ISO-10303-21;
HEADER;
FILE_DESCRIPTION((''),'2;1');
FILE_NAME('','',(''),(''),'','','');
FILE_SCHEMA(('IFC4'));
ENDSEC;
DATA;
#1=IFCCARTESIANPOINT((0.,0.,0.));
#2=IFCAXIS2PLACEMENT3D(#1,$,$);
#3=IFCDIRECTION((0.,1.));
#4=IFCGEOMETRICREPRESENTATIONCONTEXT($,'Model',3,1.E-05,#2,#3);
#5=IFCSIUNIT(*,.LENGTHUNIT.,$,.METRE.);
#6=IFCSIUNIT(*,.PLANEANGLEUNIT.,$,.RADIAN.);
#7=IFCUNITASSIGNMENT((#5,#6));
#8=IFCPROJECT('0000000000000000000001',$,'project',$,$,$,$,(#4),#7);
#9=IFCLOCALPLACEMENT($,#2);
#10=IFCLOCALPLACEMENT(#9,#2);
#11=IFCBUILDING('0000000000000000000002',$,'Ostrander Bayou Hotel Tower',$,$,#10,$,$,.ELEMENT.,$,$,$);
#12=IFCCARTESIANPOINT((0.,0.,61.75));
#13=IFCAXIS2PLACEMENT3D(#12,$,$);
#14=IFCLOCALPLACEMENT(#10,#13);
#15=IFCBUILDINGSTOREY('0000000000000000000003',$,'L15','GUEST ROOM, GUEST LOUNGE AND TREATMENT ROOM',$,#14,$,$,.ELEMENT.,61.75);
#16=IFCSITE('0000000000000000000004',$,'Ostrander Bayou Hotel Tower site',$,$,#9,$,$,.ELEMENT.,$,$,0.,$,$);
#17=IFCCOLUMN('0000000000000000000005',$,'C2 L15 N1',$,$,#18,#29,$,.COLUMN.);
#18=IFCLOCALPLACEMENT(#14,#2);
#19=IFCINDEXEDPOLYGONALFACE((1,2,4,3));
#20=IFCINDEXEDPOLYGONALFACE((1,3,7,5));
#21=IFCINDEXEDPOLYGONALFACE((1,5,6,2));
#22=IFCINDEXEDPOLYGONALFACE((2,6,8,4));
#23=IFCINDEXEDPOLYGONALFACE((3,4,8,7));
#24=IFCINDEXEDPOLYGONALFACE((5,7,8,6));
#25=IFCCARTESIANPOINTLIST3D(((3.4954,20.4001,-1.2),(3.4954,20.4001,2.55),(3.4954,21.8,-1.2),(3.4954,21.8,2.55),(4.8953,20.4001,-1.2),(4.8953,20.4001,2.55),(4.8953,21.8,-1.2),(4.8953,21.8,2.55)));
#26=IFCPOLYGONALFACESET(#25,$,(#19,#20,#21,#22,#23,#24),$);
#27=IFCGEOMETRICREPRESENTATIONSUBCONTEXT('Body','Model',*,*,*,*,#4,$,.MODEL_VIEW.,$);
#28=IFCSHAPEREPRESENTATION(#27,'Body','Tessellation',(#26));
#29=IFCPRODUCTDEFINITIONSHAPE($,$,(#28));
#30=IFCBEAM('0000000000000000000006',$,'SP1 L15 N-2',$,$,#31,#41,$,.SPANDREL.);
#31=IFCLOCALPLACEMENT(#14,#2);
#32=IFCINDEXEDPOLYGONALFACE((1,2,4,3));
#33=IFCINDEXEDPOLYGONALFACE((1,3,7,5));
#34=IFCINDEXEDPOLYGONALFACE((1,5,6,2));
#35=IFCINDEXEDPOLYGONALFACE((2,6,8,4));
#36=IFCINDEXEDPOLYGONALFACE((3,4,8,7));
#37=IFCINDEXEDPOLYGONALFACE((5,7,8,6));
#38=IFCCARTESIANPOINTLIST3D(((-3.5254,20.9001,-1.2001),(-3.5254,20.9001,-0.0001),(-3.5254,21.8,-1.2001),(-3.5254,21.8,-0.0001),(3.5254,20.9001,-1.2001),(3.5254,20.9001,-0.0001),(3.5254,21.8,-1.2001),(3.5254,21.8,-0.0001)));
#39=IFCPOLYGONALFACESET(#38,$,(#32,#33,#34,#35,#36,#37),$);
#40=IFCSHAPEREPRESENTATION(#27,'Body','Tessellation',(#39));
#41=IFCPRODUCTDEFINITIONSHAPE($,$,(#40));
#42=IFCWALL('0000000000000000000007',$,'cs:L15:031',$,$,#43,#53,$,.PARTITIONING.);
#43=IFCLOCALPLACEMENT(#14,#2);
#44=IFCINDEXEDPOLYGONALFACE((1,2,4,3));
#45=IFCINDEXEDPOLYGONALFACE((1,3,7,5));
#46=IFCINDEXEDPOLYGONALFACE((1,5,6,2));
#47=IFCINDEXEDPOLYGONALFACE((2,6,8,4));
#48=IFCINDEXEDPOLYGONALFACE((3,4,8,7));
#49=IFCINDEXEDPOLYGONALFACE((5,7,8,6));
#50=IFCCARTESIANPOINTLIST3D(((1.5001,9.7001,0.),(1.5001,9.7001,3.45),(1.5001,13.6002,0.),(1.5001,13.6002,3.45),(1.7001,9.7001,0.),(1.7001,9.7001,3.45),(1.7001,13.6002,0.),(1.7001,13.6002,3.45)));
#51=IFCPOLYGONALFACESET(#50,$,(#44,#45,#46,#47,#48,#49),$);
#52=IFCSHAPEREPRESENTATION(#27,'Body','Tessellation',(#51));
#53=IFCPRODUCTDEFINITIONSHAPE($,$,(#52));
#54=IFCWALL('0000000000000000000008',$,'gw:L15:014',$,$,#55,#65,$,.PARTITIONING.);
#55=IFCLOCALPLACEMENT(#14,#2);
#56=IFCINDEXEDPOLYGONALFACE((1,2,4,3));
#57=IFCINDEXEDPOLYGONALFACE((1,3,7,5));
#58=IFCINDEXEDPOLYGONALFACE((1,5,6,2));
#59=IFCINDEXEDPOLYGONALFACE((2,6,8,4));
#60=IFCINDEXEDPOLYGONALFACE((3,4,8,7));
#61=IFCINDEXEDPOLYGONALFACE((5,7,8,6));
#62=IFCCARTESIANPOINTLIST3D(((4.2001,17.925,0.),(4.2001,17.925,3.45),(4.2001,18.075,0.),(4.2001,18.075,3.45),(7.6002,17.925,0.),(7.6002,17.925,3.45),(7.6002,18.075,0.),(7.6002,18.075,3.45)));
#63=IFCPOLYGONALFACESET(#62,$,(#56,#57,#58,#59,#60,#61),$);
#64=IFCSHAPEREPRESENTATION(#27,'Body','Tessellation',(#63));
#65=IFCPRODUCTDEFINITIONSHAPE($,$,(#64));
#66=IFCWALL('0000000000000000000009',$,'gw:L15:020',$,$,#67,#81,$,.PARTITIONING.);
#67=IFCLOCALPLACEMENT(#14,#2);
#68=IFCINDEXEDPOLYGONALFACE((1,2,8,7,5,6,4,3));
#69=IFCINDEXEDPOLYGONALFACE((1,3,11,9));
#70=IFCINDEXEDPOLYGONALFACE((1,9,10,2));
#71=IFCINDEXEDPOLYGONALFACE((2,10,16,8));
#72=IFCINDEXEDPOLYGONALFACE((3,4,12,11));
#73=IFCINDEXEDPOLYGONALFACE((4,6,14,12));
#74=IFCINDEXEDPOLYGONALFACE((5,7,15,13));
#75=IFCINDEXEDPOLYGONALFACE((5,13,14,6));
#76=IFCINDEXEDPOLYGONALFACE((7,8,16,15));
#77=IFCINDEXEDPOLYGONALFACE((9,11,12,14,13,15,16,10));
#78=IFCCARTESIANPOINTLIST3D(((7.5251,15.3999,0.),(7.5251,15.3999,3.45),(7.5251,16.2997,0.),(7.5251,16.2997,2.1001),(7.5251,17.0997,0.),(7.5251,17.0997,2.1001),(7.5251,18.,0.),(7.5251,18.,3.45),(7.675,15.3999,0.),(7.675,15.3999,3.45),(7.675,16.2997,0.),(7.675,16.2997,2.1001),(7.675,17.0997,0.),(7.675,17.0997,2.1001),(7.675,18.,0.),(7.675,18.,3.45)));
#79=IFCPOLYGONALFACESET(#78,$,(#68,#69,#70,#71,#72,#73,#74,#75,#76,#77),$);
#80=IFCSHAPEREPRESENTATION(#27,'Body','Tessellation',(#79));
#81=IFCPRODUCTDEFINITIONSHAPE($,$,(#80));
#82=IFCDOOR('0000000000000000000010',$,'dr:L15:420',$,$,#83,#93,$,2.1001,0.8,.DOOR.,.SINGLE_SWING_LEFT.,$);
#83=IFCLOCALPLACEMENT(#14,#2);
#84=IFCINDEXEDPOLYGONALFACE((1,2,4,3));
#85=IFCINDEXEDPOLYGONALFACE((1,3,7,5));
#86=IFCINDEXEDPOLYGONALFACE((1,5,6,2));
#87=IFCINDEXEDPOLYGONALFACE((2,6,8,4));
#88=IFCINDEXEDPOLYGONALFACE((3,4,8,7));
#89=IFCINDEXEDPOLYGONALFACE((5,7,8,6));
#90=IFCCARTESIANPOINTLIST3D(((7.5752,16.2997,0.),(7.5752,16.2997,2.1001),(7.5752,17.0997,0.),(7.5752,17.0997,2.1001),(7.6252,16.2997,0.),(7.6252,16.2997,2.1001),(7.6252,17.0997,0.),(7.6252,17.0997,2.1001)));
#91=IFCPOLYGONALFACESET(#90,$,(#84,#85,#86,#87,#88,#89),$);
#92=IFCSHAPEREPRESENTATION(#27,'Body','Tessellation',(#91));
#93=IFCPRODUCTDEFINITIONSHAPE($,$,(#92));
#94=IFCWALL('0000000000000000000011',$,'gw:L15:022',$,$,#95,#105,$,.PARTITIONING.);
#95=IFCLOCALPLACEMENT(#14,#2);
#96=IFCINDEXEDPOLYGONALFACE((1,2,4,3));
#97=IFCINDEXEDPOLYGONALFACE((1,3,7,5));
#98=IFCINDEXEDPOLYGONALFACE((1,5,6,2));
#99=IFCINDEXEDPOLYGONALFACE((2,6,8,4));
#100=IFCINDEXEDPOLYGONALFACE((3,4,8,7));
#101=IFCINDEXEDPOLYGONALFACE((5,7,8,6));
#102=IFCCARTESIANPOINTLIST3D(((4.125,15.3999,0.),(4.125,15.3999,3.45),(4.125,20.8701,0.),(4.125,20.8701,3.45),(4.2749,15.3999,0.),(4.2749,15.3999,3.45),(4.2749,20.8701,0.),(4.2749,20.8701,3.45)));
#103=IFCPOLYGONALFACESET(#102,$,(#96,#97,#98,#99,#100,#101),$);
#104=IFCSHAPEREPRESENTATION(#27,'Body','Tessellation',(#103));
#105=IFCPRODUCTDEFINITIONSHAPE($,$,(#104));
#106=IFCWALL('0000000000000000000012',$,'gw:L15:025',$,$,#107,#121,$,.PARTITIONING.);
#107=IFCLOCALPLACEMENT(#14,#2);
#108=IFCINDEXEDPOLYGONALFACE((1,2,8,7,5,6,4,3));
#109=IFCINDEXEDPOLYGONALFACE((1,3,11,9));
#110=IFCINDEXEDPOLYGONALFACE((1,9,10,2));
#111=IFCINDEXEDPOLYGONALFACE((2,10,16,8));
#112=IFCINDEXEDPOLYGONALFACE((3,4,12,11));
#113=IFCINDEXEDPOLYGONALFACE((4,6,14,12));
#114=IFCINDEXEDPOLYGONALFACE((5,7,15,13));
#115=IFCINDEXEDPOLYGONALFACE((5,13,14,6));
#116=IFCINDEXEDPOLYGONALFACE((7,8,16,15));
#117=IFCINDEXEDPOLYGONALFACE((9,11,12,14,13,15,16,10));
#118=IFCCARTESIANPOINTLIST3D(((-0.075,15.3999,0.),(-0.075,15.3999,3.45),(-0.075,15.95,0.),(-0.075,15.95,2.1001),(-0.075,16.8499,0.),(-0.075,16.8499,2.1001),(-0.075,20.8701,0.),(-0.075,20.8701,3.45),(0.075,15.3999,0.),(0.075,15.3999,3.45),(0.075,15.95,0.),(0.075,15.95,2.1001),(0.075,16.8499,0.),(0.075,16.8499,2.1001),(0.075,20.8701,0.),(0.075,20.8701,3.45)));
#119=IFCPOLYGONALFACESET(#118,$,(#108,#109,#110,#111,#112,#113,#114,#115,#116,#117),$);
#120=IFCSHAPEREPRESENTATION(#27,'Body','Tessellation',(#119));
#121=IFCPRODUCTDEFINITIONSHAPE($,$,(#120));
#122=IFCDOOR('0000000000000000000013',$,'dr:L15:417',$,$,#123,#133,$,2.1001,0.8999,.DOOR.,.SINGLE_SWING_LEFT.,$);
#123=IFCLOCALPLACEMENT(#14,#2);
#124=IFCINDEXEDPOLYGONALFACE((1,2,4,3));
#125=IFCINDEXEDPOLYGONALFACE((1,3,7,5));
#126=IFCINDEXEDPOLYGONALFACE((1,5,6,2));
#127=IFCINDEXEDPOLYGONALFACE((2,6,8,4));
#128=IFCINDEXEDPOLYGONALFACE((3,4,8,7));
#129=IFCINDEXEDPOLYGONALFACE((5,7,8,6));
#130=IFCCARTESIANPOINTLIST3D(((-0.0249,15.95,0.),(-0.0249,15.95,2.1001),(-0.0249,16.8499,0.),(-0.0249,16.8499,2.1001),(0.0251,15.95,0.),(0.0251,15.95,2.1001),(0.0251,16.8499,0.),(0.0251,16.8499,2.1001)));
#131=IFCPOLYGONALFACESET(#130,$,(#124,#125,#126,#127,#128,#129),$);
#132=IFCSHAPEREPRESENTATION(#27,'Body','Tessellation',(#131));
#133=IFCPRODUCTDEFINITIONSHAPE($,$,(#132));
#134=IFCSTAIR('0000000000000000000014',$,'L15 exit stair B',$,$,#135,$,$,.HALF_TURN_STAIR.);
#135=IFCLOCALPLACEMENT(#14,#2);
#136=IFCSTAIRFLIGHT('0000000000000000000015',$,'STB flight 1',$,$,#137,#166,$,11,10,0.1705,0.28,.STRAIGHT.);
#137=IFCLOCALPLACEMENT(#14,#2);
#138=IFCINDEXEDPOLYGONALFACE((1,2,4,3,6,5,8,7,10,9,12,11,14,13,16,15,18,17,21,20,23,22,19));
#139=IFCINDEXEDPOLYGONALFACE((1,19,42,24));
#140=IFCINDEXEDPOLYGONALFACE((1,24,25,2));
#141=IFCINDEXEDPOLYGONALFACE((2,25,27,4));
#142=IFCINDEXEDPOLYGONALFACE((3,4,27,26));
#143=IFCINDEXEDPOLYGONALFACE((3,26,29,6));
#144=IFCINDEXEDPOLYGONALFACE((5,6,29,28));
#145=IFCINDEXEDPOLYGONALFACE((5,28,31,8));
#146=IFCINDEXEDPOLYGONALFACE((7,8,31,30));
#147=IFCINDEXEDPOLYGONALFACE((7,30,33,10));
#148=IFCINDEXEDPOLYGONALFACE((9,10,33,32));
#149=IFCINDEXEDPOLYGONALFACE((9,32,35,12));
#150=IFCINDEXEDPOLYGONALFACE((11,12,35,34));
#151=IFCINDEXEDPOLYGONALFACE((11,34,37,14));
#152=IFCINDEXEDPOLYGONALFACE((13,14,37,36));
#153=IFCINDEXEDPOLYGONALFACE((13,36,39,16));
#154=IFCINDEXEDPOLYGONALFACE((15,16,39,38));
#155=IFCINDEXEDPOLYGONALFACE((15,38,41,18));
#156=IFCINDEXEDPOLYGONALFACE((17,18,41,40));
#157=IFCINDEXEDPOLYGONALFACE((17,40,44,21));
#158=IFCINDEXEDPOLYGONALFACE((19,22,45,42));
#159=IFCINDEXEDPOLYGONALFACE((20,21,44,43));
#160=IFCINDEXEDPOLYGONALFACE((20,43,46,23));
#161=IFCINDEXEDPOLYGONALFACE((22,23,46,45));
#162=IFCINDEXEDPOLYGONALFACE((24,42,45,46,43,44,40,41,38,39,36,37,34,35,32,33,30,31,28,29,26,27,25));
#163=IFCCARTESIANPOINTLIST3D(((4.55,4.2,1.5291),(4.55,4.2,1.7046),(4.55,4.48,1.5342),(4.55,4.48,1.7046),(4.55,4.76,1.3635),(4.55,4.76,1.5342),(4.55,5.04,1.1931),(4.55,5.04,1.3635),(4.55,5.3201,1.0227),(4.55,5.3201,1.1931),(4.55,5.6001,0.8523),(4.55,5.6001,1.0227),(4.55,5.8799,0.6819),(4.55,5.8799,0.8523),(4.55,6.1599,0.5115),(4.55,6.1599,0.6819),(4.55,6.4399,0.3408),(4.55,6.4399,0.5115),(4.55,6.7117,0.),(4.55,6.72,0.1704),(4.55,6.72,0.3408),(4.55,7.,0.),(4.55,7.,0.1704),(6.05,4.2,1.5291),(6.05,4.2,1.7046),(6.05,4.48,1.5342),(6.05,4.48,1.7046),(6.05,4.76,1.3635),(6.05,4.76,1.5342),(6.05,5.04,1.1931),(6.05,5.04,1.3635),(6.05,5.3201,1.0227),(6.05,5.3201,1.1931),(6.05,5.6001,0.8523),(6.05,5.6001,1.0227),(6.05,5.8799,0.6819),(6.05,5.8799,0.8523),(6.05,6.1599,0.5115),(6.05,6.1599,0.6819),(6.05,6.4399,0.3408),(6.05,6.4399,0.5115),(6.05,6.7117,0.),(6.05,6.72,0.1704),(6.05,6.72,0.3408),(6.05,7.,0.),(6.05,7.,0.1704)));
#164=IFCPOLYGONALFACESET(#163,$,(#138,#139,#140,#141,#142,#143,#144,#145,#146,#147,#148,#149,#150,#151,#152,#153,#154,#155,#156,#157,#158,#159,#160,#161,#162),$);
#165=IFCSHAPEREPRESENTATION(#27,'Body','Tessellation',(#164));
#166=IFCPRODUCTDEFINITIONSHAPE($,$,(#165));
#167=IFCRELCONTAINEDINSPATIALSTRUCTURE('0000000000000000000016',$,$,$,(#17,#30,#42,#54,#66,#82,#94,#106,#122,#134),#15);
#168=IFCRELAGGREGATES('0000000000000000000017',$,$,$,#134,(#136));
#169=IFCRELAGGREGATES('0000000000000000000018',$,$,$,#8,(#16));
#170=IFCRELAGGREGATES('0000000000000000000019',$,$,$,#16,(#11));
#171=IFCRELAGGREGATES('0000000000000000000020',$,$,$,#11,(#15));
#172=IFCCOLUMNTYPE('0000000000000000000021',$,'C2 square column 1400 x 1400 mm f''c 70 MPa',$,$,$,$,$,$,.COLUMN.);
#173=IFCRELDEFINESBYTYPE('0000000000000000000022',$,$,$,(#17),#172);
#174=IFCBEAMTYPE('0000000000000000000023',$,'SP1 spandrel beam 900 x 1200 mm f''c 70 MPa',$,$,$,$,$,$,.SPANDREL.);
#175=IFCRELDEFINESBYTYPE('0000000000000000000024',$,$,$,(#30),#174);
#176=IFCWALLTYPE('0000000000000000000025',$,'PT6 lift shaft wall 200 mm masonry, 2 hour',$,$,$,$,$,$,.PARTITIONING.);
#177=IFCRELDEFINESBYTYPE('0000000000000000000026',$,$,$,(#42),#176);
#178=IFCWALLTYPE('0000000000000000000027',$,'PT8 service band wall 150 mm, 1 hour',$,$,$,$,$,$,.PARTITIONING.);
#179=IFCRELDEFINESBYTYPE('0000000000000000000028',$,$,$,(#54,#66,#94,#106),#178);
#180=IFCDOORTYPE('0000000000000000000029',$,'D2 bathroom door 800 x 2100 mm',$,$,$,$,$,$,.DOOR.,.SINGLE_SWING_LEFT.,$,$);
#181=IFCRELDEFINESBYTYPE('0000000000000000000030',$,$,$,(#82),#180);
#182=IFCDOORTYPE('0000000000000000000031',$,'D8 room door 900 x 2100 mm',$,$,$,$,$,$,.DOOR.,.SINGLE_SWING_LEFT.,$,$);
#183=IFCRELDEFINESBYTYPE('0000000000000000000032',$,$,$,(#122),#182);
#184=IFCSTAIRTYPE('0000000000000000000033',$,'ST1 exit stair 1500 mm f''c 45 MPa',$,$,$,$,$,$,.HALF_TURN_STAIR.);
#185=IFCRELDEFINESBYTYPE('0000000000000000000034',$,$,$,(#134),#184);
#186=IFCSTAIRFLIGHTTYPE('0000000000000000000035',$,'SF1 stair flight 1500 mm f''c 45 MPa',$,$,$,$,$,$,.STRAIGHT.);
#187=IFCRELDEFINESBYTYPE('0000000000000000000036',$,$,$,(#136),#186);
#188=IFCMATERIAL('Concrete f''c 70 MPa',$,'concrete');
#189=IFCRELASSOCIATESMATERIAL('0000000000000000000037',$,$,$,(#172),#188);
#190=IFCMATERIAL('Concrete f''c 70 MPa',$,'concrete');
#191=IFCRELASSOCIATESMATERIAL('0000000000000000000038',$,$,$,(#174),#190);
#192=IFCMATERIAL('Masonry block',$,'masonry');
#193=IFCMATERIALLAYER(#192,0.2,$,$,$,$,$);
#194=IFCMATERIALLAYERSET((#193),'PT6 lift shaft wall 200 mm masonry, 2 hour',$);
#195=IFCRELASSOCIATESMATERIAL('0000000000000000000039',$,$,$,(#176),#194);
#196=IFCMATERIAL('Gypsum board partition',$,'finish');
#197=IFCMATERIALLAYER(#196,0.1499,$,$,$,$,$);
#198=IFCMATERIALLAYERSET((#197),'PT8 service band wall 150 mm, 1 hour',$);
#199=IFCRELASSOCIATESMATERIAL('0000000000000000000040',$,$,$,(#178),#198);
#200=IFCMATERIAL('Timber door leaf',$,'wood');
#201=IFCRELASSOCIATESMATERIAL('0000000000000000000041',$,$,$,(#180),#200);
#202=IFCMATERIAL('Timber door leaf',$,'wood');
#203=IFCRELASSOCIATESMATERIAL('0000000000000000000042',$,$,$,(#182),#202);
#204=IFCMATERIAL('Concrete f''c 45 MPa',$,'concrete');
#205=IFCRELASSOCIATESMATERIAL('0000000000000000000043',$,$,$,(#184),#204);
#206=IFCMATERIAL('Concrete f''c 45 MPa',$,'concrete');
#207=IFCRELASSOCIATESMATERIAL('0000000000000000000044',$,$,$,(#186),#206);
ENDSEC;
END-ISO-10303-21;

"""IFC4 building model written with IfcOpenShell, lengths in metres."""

from ifc_helpers import new_model, si_unit, direction, frame, frame_2d, origin, origin_2d, place, context, subcontext, project, spatial, polyline, rectangle, outline, extrude, material, layer, layer_set, material_profile, profile_set, type_object, element, fill, aggregate, save


model = new_model("IFC4")

# Units and contexts
model_context = context("Model", 3, precision=1e-05, world=origin(), true_north=direction((0.0, 1.0)))
body_context = subcontext(model_context, "Body", "Model", "MODEL_VIEW")
ifc_project = project(units=[si_unit("LENGTHUNIT", "METRE"), si_unit("PLANEANGLEUNIT", "RADIAN")], contexts=[model_context])

# Site, building, storey
site_placement = place(None, origin())
site = spatial("IfcSite", under=ifc_project, at=site_placement, Name="Ostrander Bayou Hotel Tower site", CompositionType="ELEMENT", RefElevation=0.0)
building_placement = place(site_placement, origin())
building = spatial("IfcBuilding", under=site, at=building_placement, Name="Ostrander Bayou Hotel Tower", CompositionType="ELEMENT")
storey_placement = place(building_placement, frame((0.0, 0.0, 61.75)))
storey = spatial("IfcBuildingStorey", under=building, at=storey_placement, Name="L15", Description="GUEST ROOM, GUEST LOUNGE AND TREATMENT ROOM", CompositionType="ELEMENT", Elevation=61.75)

# Column
ifc_material_1 = material(Name="Concrete f'c 70 MPa", Category="concrete")
ifc_material_profile_1 = material_profile(ifc_material_1, rectangle(XDim=1.3999, YDim=1.3999, at=origin_2d()))
ifc_profile_set_1 = profile_set([ifc_material_profile_1], Name="Concrete f'c 70 MPa")
column_type = type_object("IfcColumnType", Name="C2 square column 1400 x 1400 mm f'c 70 MPa", PredefinedType="COLUMN", material=ifc_profile_set_1)
column_placement = place(storey_placement, frame((4.1953, 21.1001, -1.2), z_axis=(0.0, 0.0, 1.0), x_axis=(1.0, 0.0, 0.0)))
element("IfcColumn", 1, at=column_placement, inside=storey, type_object=column_type, Name="C2 L15 N1", PredefinedType="COLUMN", context=body_context, shape_type="SweptSolid", body=[
    extrude(rectangle(XDim=1.3999, YDim=1.3999, at=origin_2d()), origin(), (0.0, 0.0, 1.0), 3.75),
])

# Beam
ifc_material_2 = material(Name="Concrete f'c 70 MPa", Category="concrete")
ifc_material_profile_2 = material_profile(ifc_material_2, rectangle(XDim=0.8999, YDim=1.2, at=origin_2d()))
ifc_profile_set_2 = profile_set([ifc_material_profile_2], Name="Concrete f'c 70 MPa")
beam_type = type_object("IfcBeamType", Name="SP1 spandrel beam 900 x 1200 mm f'c 70 MPa", PredefinedType="SPANDREL", material=ifc_profile_set_2)
beam_placement = place(storey_placement, frame((3.5254, 21.3501, -0.6001), z_axis=(-1.0, 0.0, 0.0), x_axis=(0.0, -1.0, 0.0)))
element("IfcBeam", 2, at=beam_placement, inside=storey, type_object=beam_type, Name="SP1 L15 N-2", PredefinedType="SPANDREL", context=body_context, shape_type="SweptSolid", body=[
    extrude(rectangle(XDim=0.8999, YDim=1.2, at=origin_2d()), origin(), (0.0, 0.0, 1.0), 7.0508),
])

# Walls
ifc_material_3 = material(Name="Masonry block", Category="masonry")
ifc_layer_1 = layer(ifc_material_3, 0.2)
ifc_layer_set_1 = layer_set([ifc_layer_1], Name="PT6 lift shaft wall 200 mm masonry, 2 hour")
wall_type_1 = type_object("IfcWallType", Name="PT6 lift shaft wall 200 mm masonry, 2 hour", PredefinedType="PARTITIONING", material=ifc_layer_set_1)
wall_1_placement = place(storey_placement, frame((1.6001, 9.7, 0.0), z_axis=(0.0, 0.0, 1.0), x_axis=(0.0, 1.0, 0.0)))
element("IfcWall", 3, at=wall_1_placement, inside=storey, type_object=wall_type_1, Name="cs:L15:031", PredefinedType="PARTITIONING", context=body_context, shape_type="SweptSolid", body=[
    extrude(rectangle(XDim=3.9001, YDim=0.2, at=frame_2d((1.9502, 0.0))), origin(), (0.0, 0.0, 1.0), 3.45),
])
ifc_material_4 = material(Name="Gypsum board partition", Category="finish")
ifc_layer_2 = layer(ifc_material_4, 0.1499)
ifc_layer_set_2 = layer_set([ifc_layer_2], Name="PT8 service band wall 150 mm, 1 hour")
wall_type_2 = type_object("IfcWallType", Name="PT8 service band wall 150 mm, 1 hour", PredefinedType="PARTITIONING", material=ifc_layer_set_2)
wall_2_placement = place(storey_placement, frame((4.2, 18.0, 0.0), z_axis=(0.0, 0.0, 1.0), x_axis=(1.0, 0.0, 0.0)))
element("IfcWall", 4, at=wall_2_placement, inside=storey, type_object=wall_type_2, Name="gw:L15:014", PredefinedType="PARTITIONING", context=body_context, shape_type="SweptSolid", body=[
    extrude(rectangle(XDim=3.4001, YDim=0.1499, at=frame_2d((1.7002, 0.0))), origin(), (0.0, 0.0, 1.0), 3.45),
])

# Wall, opening, door
wall_3_placement = place(storey_placement, frame((7.6001, 15.3999, 0.0), z_axis=(0.0, 0.0, 1.0), x_axis=(0.0, 1.0, 0.0)))
wall_3 = element("IfcWall", 5, at=wall_3_placement, inside=storey, type_object=wall_type_2, Name="gw:L15:020", PredefinedType="PARTITIONING", context=body_context, shape_type="SweptSolid", body=[
    extrude(rectangle(XDim=2.6001, YDim=0.1499, at=frame_2d((1.3, 0.0))), origin(), (0.0, 0.0, 1.0), 3.45),
])
opening_1_placement = place(wall_3_placement, frame((0.8999, 0.0, 0.0)))
opening_1 = element("IfcOpeningElement", 6, at=opening_1_placement, cuts=wall_3, PredefinedType="OPENING", context=body_context, shape_type="SweptSolid", body=[
    extrude(rectangle(XDim=0.8, YDim=2.1001, at=frame_2d((0.3999, 1.05))), frame((0.0, 0.075, 0.0), z_axis=(0.0, -1.0, 0.0), x_axis=(1.0, 0.0, 0.0)), (0.0, 0.0, 1.0), 0.1499),
])
ifc_material_5 = material(Name="Timber door leaf", Category="wood")
door_type_1 = type_object("IfcDoorType", Name="D2 bathroom door 800 x 2100 mm", OperationType="SINGLE_SWING_LEFT", PredefinedType="DOOR", material=ifc_material_5)
door_1_placement = place(opening_1_placement, origin())
door_1 = element("IfcDoor", 7, at=door_1_placement, inside=storey, type_object=door_type_1, Name="dr:L15:420", OperationType="SINGLE_SWING_LEFT", OverallHeight=2.1001, OverallWidth=0.8, PredefinedType="DOOR", context=body_context, shape_type="SweptSolid", body=[
    extrude(rectangle(XDim=0.8, YDim=2.1001, at=frame_2d((0.3999, 1.05))), frame((0.0, 0.0249, 0.0), z_axis=(0.0, -1.0, 0.0), x_axis=(1.0, 0.0, 0.0)), (0.0, 0.0, 1.0), 0.05),
])
fill(opening_1, door_1)

# Wall
wall_4_placement = place(storey_placement, frame((4.2, 15.3999, 0.0), z_axis=(0.0, 0.0, 1.0), x_axis=(0.0, 1.0, 0.0)))
element("IfcWall", 8, at=wall_4_placement, inside=storey, type_object=wall_type_2, Name="gw:L15:022", PredefinedType="PARTITIONING", context=body_context, shape_type="SweptSolid", body=[
    extrude(rectangle(XDim=5.4702, YDim=0.1499, at=frame_2d((2.7351, 0.0))), origin(), (0.0, 0.0, 1.0), 3.45),
])

# Wall, opening, door
wall_5_placement = place(storey_placement, frame((0.0, 15.3999, 0.0), z_axis=(0.0, 0.0, 1.0), x_axis=(0.0, 1.0, 0.0)))
wall_5 = element("IfcWall", 9, at=wall_5_placement, inside=storey, type_object=wall_type_2, Name="gw:L15:025", PredefinedType="PARTITIONING", context=body_context, shape_type="SweptSolid", body=[
    extrude(rectangle(XDim=5.4702, YDim=0.1499, at=frame_2d((2.7351, 0.0))), origin(), (0.0, 0.0, 1.0), 3.45),
])
opening_2_placement = place(wall_5_placement, frame((0.55, 0.0, 0.0)))
opening_2 = element("IfcOpeningElement", 10, at=opening_2_placement, cuts=wall_5, PredefinedType="OPENING", context=body_context, shape_type="SweptSolid", body=[
    extrude(rectangle(XDim=0.8999, YDim=2.1001, at=frame_2d((0.45, 1.05))), frame((0.0, 0.075, 0.0), z_axis=(0.0, -1.0, 0.0), x_axis=(1.0, 0.0, 0.0)), (0.0, 0.0, 1.0), 0.1499),
])
ifc_material_6 = material(Name="Timber door leaf", Category="wood")
door_type_2 = type_object("IfcDoorType", Name="D8 room door 900 x 2100 mm", OperationType="SINGLE_SWING_LEFT", PredefinedType="DOOR", material=ifc_material_6)
door_2_placement = place(opening_2_placement, origin())
door_2 = element("IfcDoor", 11, at=door_2_placement, inside=storey, type_object=door_type_2, Name="dr:L15:417", OperationType="SINGLE_SWING_LEFT", OverallHeight=2.1001, OverallWidth=0.8999, PredefinedType="DOOR", context=body_context, shape_type="SweptSolid", body=[
    extrude(rectangle(XDim=0.8999, YDim=2.1001, at=frame_2d((0.45, 1.05))), frame((0.0, 0.0249, 0.0), z_axis=(0.0, -1.0, 0.0), x_axis=(1.0, 0.0, 0.0)), (0.0, 0.0, 1.0), 0.05),
])
fill(opening_2, door_2)

# Stair, stair flight
ifc_material_7 = material(Name="Concrete f'c 45 MPa", Category="concrete")
stair_type = type_object("IfcStairType", Name="ST1 exit stair 1500 mm f'c 45 MPa", PredefinedType="HALF_TURN_STAIR", material=ifc_material_7)
stair_placement = place(storey_placement, origin())
stair = element("IfcStair", 12, at=stair_placement, inside=storey, type_object=stair_type, Name="L15 exit stair B", PredefinedType="HALF_TURN_STAIR")
ifc_material_8 = material(Name="Concrete f'c 45 MPa", Category="concrete")
stair_flight_type = type_object("IfcStairFlightType", Name="SF1 stair flight 1500 mm f'c 45 MPa", PredefinedType="STRAIGHT", material=ifc_material_8)
stair_flight_placement = place(storey_placement, frame((5.3, 7.0, 0.0), z_axis=(0.0, 0.0, 1.0), x_axis=(0.0, -1.0, 0.0)))
stair_flight = element("IfcStairFlight", 13, at=stair_flight_placement, type_object=stair_flight_type, Name="STB flight 1", NumberOfRisers=11, NumberOfTreads=10, PredefinedType="STRAIGHT", RiserHeight=0.1705, TreadLength=0.28, context=body_context, shape_type="SweptSolid", body=[
    extrude(outline(polyline([(0.0, 0.0), (0.0, 0.1704), (0.28, 0.1704), (0.28, 0.3408), (0.5601, 0.3408), (0.5601, 0.5115), (0.8401, 0.5115), (0.8401, 0.6819), (1.1201, 0.6819), (1.1201, 0.8523), (1.3999, 0.8523), (1.3999, 1.0227), (1.6799, 1.0227), (1.6799, 1.1931), (1.96, 1.1931), (1.96, 1.3635), (2.24, 1.3635), (2.24, 1.5342), (2.52, 1.5342), (2.52, 1.7046), (2.8, 1.7046), (2.8, 1.875), (2.8, 1.5291), (0.2883, 0.0), (0.0, 0.0)])), frame((0.0, 0.75, 0.0), z_axis=(0.0, -1.0, 0.0), x_axis=(1.0, 0.0, 0.0)), (0.0, 0.0, 1.0), 1.5),
])
aggregate(stair, [stair_flight])

save(model, "model.ifc")
